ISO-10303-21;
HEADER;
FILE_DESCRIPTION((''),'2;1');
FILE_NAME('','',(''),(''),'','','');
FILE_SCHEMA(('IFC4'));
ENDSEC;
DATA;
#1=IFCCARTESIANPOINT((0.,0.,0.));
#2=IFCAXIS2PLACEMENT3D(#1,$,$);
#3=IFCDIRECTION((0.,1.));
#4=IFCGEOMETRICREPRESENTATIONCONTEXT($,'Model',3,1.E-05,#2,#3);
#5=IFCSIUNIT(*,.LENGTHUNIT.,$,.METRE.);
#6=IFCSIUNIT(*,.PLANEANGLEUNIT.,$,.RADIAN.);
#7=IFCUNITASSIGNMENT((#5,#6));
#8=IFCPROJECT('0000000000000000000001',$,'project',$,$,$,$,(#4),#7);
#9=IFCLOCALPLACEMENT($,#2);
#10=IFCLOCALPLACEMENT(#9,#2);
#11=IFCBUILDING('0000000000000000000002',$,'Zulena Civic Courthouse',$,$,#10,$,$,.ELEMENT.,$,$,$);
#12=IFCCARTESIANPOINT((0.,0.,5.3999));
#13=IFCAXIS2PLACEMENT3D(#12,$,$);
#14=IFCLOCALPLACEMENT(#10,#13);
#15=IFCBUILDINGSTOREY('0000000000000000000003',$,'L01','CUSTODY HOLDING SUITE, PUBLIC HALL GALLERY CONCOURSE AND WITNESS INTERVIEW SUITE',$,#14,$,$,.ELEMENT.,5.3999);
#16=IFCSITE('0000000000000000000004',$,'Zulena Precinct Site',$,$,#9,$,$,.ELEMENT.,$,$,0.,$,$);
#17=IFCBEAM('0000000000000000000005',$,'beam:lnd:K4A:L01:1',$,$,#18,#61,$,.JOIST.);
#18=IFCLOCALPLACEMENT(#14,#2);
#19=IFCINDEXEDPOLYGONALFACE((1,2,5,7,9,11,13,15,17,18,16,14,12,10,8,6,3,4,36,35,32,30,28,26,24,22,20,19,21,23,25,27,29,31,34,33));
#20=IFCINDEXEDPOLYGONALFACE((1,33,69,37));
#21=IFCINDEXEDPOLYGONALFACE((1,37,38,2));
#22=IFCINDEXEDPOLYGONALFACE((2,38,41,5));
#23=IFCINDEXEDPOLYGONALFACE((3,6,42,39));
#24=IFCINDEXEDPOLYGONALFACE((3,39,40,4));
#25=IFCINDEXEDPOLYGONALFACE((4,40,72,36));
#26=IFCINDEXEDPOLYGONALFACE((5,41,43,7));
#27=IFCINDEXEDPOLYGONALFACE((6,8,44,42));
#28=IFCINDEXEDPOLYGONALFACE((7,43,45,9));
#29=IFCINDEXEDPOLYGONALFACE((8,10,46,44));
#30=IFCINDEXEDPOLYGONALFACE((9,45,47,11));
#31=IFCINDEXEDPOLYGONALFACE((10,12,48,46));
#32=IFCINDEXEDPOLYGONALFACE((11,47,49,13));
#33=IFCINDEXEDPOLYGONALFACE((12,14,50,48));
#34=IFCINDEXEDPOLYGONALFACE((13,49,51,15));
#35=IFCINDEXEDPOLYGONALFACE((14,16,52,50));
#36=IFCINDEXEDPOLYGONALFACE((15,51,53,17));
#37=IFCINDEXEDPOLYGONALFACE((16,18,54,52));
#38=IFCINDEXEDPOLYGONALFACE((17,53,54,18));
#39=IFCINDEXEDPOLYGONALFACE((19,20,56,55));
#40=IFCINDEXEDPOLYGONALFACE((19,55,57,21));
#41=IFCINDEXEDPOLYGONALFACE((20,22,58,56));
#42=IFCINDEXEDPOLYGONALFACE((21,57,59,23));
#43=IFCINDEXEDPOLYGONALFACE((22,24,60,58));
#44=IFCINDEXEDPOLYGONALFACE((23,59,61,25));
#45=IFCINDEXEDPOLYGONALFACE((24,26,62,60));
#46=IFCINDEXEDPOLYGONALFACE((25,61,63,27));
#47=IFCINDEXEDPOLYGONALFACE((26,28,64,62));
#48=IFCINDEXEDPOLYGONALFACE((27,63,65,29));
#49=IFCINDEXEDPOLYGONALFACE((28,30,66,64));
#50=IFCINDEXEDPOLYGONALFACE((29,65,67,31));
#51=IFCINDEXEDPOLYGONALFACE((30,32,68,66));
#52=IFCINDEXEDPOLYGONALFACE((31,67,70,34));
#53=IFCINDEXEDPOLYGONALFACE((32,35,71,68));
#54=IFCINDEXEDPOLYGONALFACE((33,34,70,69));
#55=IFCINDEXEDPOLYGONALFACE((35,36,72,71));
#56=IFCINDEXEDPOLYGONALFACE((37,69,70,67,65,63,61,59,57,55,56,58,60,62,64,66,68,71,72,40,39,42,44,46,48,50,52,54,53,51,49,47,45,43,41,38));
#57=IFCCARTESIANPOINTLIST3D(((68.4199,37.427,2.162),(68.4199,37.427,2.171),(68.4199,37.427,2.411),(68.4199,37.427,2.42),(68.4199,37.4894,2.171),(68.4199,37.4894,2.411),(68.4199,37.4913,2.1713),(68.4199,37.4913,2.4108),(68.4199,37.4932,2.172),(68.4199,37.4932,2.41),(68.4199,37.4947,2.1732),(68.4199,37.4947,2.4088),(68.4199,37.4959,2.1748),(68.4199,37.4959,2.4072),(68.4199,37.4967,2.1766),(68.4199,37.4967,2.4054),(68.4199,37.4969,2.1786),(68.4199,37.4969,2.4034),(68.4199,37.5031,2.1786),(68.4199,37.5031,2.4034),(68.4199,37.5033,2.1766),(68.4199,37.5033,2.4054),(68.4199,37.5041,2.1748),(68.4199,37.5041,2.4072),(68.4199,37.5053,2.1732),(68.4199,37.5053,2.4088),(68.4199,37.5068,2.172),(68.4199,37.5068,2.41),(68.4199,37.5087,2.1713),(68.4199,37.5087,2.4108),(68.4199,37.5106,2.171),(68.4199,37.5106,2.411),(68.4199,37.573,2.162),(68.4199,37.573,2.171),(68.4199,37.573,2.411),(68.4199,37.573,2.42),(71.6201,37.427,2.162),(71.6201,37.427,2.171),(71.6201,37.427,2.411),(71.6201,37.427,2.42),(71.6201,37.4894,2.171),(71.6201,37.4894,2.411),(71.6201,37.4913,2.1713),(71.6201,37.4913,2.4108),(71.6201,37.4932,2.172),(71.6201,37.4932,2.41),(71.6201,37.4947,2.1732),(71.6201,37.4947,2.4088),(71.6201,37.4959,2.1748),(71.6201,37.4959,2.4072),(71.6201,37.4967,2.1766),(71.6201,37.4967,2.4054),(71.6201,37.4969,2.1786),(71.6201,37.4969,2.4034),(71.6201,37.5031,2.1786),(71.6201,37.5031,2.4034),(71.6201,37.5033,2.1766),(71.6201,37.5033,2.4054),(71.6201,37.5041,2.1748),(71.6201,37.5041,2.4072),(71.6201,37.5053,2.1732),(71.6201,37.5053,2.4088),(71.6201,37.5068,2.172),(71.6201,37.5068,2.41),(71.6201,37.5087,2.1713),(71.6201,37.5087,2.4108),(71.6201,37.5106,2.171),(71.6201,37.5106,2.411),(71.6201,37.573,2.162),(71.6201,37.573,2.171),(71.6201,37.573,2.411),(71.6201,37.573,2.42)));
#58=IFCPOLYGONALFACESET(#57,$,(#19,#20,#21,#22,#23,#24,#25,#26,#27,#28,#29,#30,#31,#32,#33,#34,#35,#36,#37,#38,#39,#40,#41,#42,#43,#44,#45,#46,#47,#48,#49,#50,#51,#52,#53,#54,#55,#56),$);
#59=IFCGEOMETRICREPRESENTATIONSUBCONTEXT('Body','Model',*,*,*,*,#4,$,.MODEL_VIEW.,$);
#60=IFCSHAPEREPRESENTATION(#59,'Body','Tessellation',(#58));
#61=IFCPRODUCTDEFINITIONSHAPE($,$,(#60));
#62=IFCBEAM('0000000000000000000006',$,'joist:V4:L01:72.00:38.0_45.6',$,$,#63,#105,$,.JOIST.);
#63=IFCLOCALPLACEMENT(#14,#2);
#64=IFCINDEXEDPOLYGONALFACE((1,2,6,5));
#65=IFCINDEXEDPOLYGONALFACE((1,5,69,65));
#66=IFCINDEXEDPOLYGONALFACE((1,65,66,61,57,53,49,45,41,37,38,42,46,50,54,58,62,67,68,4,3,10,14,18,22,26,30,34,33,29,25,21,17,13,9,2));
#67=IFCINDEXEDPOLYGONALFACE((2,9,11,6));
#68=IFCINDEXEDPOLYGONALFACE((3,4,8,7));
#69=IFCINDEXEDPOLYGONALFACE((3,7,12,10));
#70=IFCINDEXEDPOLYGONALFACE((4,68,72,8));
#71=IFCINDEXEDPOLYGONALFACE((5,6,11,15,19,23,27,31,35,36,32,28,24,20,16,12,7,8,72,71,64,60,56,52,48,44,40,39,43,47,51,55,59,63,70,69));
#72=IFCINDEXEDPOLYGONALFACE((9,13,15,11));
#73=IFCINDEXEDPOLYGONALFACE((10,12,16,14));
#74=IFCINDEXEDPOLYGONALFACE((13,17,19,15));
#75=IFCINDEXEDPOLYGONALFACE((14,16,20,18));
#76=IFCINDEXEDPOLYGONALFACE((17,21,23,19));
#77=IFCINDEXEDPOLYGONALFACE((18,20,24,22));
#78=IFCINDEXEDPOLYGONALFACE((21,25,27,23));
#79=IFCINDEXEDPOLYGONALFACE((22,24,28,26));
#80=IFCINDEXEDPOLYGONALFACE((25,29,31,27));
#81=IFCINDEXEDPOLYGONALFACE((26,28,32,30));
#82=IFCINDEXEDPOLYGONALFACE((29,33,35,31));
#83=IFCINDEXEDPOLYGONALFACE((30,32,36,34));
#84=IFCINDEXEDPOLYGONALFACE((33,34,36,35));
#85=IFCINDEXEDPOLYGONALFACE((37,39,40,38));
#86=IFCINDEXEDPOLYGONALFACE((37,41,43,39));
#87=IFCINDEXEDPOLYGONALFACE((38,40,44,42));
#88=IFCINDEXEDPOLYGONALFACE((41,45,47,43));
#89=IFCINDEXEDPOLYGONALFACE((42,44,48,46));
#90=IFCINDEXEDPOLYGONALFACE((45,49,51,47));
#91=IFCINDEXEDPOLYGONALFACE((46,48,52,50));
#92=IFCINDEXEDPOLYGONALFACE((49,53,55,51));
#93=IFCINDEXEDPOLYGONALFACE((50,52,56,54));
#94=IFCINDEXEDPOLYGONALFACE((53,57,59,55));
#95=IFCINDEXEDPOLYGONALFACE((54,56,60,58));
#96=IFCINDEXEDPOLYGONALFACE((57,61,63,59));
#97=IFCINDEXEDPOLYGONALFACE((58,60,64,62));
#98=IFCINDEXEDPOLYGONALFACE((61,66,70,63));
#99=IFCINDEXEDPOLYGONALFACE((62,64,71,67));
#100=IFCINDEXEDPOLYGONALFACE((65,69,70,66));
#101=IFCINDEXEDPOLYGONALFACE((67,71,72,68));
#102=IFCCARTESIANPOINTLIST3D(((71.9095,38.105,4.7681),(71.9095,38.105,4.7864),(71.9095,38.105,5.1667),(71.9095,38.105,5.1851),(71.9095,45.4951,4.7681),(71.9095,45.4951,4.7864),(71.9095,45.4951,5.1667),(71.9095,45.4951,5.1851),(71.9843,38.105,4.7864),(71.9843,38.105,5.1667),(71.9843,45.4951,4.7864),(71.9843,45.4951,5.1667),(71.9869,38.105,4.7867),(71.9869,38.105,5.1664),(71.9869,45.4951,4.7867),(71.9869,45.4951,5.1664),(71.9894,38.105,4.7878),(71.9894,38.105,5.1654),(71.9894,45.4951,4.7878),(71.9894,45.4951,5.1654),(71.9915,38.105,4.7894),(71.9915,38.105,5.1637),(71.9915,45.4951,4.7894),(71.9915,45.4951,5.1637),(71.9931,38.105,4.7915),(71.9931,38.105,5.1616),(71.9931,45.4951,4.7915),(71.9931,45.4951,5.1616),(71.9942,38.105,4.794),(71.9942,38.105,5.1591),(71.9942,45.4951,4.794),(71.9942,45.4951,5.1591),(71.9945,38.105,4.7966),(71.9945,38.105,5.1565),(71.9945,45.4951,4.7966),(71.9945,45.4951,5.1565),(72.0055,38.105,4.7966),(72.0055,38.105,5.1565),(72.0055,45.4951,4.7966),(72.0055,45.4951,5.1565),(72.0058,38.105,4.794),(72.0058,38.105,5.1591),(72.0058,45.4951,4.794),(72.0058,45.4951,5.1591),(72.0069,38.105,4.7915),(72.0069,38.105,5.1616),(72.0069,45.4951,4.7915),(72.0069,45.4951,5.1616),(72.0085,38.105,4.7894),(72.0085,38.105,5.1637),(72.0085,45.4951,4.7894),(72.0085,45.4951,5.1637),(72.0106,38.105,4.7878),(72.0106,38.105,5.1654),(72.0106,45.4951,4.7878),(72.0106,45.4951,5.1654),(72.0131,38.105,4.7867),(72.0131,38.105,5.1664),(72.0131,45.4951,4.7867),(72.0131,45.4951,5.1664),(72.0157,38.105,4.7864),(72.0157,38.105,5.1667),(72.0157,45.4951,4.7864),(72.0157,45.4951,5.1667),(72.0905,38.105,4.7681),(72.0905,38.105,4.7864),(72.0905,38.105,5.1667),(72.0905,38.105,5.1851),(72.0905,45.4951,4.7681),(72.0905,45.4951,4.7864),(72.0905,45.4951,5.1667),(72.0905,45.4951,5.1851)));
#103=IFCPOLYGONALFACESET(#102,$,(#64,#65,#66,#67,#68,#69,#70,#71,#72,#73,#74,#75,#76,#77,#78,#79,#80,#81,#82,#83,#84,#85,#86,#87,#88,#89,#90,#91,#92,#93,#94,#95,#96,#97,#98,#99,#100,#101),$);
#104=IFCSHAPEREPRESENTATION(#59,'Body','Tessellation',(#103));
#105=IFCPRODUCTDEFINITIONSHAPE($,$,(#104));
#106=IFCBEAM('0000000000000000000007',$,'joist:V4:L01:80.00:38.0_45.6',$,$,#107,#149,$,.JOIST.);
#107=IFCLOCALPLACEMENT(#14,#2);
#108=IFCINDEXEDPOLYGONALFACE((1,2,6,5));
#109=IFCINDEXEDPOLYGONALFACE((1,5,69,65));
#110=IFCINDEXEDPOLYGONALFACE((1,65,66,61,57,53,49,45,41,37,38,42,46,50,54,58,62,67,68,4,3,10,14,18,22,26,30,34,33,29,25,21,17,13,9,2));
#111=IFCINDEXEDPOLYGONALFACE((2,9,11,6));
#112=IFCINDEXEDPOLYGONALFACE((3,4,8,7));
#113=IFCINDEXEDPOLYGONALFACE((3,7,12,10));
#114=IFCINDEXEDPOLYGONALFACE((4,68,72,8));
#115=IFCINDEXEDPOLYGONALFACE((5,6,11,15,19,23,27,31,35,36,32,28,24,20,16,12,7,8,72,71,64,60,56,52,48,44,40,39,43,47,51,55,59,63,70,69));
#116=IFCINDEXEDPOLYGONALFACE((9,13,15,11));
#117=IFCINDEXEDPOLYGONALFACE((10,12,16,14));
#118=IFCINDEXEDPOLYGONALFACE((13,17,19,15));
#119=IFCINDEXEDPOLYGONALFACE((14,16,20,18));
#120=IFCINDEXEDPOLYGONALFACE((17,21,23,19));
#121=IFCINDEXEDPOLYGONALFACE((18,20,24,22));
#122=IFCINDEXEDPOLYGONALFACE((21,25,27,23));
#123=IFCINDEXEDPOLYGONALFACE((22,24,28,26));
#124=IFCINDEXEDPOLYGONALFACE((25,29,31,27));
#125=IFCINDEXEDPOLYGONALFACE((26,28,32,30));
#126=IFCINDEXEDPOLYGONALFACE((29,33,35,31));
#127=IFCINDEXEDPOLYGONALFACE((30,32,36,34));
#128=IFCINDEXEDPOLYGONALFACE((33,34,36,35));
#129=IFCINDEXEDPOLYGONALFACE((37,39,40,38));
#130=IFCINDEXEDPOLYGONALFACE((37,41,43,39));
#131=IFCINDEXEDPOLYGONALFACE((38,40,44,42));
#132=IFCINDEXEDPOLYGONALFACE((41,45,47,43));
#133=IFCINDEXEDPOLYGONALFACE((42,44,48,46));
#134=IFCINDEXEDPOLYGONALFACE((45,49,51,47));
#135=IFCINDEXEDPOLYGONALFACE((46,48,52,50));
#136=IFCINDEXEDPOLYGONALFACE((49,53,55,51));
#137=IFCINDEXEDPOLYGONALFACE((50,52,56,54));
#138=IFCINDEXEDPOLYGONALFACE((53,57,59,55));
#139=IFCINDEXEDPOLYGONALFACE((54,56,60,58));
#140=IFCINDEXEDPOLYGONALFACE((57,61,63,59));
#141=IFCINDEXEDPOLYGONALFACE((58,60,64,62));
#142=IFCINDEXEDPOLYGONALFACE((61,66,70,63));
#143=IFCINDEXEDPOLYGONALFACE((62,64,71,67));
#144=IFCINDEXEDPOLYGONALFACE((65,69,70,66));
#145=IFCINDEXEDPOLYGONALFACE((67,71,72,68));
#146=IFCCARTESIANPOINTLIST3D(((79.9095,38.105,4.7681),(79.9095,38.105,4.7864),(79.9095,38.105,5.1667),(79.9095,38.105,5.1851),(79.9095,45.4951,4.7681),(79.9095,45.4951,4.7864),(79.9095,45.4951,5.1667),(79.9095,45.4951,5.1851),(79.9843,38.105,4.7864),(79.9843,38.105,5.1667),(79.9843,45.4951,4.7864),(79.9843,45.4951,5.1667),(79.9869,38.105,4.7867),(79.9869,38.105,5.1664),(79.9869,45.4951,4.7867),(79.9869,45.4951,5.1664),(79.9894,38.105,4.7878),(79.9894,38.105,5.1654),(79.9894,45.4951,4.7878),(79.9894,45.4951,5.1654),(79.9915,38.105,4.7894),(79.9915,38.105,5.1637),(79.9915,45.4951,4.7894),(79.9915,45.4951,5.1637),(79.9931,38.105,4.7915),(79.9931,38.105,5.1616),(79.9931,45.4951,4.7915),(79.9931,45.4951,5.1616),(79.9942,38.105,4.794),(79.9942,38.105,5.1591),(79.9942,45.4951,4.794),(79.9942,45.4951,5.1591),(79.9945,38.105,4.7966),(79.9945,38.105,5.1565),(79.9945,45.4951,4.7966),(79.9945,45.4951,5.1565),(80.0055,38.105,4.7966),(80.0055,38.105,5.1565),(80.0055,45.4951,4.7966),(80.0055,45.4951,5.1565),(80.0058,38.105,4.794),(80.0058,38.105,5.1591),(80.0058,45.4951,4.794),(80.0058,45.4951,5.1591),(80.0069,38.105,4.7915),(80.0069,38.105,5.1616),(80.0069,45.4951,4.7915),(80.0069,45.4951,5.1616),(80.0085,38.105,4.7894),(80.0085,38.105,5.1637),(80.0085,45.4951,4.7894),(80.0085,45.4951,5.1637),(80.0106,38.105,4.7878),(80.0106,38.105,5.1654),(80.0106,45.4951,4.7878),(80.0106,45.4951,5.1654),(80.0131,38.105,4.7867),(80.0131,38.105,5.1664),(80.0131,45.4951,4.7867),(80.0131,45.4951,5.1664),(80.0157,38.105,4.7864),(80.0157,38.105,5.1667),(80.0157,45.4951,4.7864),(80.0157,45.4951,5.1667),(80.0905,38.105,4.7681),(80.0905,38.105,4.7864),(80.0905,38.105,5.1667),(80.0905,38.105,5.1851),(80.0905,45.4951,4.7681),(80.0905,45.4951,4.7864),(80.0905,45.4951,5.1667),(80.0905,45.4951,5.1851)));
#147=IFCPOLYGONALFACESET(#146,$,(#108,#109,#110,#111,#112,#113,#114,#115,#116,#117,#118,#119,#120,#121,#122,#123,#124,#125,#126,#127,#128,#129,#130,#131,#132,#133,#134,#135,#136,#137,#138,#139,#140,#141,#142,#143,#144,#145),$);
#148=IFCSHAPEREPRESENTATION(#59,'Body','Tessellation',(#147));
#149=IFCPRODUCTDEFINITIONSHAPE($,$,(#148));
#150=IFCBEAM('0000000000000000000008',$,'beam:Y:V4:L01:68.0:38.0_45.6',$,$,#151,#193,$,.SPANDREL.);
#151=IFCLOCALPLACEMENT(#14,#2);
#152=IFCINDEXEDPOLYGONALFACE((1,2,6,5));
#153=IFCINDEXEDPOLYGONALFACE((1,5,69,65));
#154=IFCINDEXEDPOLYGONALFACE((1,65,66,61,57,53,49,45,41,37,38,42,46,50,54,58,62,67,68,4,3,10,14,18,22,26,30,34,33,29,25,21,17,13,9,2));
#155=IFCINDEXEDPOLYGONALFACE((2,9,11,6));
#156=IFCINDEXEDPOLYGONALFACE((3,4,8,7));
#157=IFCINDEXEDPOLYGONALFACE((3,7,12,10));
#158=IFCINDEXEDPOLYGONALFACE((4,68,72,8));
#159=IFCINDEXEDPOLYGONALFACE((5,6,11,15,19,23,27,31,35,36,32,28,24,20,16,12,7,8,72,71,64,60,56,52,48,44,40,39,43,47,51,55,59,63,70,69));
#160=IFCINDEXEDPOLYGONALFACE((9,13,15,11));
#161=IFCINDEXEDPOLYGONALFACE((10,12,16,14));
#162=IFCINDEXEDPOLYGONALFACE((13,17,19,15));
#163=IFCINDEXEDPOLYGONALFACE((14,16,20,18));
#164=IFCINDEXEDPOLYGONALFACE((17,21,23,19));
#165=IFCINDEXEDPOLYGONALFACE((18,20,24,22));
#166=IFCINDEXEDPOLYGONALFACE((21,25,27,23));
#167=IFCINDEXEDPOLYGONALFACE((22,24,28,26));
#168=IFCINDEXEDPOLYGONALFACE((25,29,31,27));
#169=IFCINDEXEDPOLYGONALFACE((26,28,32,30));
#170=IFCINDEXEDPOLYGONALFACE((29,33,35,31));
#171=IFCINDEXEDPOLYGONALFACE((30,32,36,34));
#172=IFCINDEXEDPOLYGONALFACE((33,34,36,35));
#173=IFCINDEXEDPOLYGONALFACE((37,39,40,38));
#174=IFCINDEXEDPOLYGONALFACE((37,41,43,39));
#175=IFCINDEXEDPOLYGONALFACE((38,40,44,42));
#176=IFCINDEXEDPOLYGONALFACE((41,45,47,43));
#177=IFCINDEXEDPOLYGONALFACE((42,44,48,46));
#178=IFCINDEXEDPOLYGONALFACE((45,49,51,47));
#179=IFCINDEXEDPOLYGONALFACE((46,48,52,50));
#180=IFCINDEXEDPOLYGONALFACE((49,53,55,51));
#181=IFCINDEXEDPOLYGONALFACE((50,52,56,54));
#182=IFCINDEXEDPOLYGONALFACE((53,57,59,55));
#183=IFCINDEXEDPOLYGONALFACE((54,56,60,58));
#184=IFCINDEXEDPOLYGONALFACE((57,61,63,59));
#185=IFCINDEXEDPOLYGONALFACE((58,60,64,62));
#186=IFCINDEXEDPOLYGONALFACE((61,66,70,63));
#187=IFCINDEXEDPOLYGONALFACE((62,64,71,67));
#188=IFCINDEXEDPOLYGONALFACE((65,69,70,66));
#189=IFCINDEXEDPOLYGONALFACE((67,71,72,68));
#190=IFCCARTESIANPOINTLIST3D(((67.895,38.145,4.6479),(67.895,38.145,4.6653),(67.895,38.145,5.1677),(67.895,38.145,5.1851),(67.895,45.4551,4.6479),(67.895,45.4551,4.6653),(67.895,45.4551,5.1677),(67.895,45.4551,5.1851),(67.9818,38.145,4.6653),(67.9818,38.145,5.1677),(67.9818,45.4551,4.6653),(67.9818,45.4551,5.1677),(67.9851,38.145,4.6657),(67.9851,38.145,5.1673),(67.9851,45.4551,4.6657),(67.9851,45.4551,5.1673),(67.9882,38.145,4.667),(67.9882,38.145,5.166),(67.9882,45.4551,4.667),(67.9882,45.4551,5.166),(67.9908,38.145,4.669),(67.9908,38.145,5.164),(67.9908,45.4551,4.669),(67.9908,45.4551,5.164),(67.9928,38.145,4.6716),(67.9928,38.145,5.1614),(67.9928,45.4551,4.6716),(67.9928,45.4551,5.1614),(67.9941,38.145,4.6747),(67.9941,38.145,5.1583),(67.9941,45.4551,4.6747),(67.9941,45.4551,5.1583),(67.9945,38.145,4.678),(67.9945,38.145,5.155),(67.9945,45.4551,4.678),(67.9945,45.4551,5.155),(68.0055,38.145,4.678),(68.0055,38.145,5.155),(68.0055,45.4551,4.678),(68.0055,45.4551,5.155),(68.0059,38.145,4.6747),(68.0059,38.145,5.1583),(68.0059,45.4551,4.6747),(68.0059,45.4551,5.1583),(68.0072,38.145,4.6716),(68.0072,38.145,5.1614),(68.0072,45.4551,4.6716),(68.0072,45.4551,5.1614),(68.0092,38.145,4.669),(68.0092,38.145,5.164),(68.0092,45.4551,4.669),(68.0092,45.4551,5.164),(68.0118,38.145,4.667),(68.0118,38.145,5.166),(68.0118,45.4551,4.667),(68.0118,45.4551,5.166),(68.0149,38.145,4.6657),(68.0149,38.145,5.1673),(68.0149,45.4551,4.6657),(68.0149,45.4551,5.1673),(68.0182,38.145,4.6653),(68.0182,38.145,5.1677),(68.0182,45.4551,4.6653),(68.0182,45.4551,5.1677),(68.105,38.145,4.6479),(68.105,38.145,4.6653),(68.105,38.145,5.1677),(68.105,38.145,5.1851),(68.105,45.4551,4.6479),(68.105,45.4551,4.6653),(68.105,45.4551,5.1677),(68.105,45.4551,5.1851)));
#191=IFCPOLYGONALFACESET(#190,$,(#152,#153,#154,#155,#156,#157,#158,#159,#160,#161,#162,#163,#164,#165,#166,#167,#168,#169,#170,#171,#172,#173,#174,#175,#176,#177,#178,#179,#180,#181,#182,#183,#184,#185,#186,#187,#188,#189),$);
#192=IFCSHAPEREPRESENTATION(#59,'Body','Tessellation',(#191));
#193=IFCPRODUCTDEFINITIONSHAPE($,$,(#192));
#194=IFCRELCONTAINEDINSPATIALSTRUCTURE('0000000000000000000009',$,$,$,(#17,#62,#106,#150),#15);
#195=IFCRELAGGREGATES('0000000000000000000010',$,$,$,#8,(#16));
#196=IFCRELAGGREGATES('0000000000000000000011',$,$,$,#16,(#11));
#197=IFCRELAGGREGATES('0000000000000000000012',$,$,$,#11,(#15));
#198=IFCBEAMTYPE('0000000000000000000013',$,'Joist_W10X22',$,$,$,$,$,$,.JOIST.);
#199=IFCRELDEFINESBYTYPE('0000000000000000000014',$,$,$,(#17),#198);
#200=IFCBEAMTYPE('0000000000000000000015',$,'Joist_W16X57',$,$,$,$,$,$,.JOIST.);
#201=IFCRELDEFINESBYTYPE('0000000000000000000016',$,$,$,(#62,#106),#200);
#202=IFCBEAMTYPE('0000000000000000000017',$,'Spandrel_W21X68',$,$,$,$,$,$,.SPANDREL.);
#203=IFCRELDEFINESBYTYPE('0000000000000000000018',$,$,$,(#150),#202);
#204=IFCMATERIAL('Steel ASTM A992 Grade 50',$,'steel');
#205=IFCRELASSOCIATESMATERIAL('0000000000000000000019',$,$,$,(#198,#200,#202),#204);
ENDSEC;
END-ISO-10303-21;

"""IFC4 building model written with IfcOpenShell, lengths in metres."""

from ifc_helpers import new_model, si_unit, direction, frame, origin, origin_2d, place, context, subcontext, project, spatial, i_section, extrude, material, material_profile, profile_set, type_object, element, save


model = new_model("IFC4")

# Units and contexts
model_context = context("Model", 3, precision=1e-05, world=origin(), true_north=direction((0.0, 1.0)))
body_context = subcontext(model_context, "Body", "Model", "MODEL_VIEW")
ifc_project = project(units=[si_unit("LENGTHUNIT", "METRE"), si_unit("PLANEANGLEUNIT", "RADIAN")], contexts=[model_context])

# Site, building, storey
site_placement = place(None, origin())
site = spatial("IfcSite", under=ifc_project, at=site_placement, Name="Zulena Precinct Site", CompositionType="ELEMENT", RefElevation=0.0)
building_placement = place(site_placement, origin())
building = spatial("IfcBuilding", under=site, at=building_placement, Name="Zulena Civic Courthouse", CompositionType="ELEMENT")
storey_placement = place(building_placement, frame((0.0, 0.0, 5.3999)))
storey = spatial("IfcBuildingStorey", under=building, at=storey_placement, Name="L01", Description="CUSTODY HOLDING SUITE, PUBLIC HALL GALLERY CONCOURSE AND WITNESS INTERVIEW SUITE", CompositionType="ELEMENT", Elevation=5.3999)

# Shared definitions
ifc_material_1 = material(Name="Steel ASTM A992 Grade 50", Category="steel")

# Beams
ifc_material_profile_1 = material_profile(ifc_material_1, i_section(OverallWidth=0.146, OverallDepth=0.2581, WebThickness=0.0061, FlangeThickness=0.009, FilletRadius=0.0076, at=origin_2d()), Name="W10X22")
ifc_profile_set_1 = profile_set([ifc_material_profile_1], Name="Steel ASTM A992 Grade 50")
beam_type_1 = type_object("IfcBeamType", Name="Joist_W10X22", PredefinedType="JOIST", material=ifc_profile_set_1)
for number, where, z_axis, x_axis, name in (
    (1, (68.4199, 37.5, 2.291), (1.0, 0.0, 0.0), (0.0, 1.0, 0.0), "beam:lnd:K4A:L01:1"),
):
    element("IfcBeam", number, at=place(storey_placement, frame(where, z_axis=z_axis, x_axis=x_axis)), inside=storey, type_object=beam_type_1, Name=name, PredefinedType="JOIST", context=body_context, shape_type="SweptSolid", body=[
        extrude(i_section(OverallWidth=0.146, OverallDepth=0.2581, WebThickness=0.0061, FlangeThickness=0.009, FilletRadius=0.0076, at=origin_2d()), origin(), (0.0, 0.0, 1.0), 3.2002),
    ])
ifc_material_profile_2 = material_profile(ifc_material_1, i_section(OverallWidth=0.1809, OverallDepth=0.417, WebThickness=0.011, FlangeThickness=0.0183, FilletRadius=0.0103, at=origin_2d()), Name="W16X57")
ifc_profile_set_2 = profile_set([ifc_material_profile_2], Name="Steel ASTM A992 Grade 50")
beam_type_2 = type_object("IfcBeamType", Name="Joist_W16X57", PredefinedType="JOIST", material=ifc_profile_set_2)
for number, where, z_axis, x_axis, name in (
    (2, (72.0, 38.105, 4.9766), (0.0, 1.0, 0.0), (-1.0, 0.0, 0.0), "joist:V4:L01:72.00:38.0_45.6"),
    (3, (80.0, 38.105, 4.9766), (0.0, 1.0, 0.0), (-1.0, 0.0, 0.0), "joist:V4:L01:80.00:38.0_45.6"),
):
    element("IfcBeam", number, at=place(storey_placement, frame(where, z_axis=z_axis, x_axis=x_axis)), inside=storey, type_object=beam_type_2, Name=name, PredefinedType="JOIST", context=body_context, shape_type="SweptSolid", body=[
        extrude(i_section(OverallWidth=0.1809, OverallDepth=0.417, WebThickness=0.011, FlangeThickness=0.0183, FilletRadius=0.0103, at=origin_2d()), origin(), (0.0, 0.0, 1.0), 7.3901),
    ])
ifc_material_profile_3 = material_profile(ifc_material_1, i_section(OverallWidth=0.21, OverallDepth=0.5371, WebThickness=0.011, FlangeThickness=0.0173, FilletRadius=0.0127, at=origin_2d()), Name="W21X68")
ifc_profile_set_3 = profile_set([ifc_material_profile_3], Name="Steel ASTM A992 Grade 50")
beam_type_3 = type_object("IfcBeamType", Name="Spandrel_W21X68", PredefinedType="SPANDREL", material=ifc_profile_set_3)
for number, where, z_axis, x_axis, name in (
    (4, (68.0, 38.145, 4.9165), (0.0, 1.0, 0.0), (-1.0, 0.0, 0.0), "beam:Y:V4:L01:68.0:38.0_45.6"),
):
    element("IfcBeam", number, at=place(storey_placement, frame(where, z_axis=z_axis, x_axis=x_axis)), inside=storey, type_object=beam_type_3, Name=name, PredefinedType="SPANDREL", context=body_context, shape_type="SweptSolid", body=[
        extrude(i_section(OverallWidth=0.21, OverallDepth=0.5371, WebThickness=0.011, FlangeThickness=0.0173, FilletRadius=0.0127, at=origin_2d()), origin(), (0.0, 0.0, 1.0), 7.3101),
    ])

save(model, "model.ifc")
